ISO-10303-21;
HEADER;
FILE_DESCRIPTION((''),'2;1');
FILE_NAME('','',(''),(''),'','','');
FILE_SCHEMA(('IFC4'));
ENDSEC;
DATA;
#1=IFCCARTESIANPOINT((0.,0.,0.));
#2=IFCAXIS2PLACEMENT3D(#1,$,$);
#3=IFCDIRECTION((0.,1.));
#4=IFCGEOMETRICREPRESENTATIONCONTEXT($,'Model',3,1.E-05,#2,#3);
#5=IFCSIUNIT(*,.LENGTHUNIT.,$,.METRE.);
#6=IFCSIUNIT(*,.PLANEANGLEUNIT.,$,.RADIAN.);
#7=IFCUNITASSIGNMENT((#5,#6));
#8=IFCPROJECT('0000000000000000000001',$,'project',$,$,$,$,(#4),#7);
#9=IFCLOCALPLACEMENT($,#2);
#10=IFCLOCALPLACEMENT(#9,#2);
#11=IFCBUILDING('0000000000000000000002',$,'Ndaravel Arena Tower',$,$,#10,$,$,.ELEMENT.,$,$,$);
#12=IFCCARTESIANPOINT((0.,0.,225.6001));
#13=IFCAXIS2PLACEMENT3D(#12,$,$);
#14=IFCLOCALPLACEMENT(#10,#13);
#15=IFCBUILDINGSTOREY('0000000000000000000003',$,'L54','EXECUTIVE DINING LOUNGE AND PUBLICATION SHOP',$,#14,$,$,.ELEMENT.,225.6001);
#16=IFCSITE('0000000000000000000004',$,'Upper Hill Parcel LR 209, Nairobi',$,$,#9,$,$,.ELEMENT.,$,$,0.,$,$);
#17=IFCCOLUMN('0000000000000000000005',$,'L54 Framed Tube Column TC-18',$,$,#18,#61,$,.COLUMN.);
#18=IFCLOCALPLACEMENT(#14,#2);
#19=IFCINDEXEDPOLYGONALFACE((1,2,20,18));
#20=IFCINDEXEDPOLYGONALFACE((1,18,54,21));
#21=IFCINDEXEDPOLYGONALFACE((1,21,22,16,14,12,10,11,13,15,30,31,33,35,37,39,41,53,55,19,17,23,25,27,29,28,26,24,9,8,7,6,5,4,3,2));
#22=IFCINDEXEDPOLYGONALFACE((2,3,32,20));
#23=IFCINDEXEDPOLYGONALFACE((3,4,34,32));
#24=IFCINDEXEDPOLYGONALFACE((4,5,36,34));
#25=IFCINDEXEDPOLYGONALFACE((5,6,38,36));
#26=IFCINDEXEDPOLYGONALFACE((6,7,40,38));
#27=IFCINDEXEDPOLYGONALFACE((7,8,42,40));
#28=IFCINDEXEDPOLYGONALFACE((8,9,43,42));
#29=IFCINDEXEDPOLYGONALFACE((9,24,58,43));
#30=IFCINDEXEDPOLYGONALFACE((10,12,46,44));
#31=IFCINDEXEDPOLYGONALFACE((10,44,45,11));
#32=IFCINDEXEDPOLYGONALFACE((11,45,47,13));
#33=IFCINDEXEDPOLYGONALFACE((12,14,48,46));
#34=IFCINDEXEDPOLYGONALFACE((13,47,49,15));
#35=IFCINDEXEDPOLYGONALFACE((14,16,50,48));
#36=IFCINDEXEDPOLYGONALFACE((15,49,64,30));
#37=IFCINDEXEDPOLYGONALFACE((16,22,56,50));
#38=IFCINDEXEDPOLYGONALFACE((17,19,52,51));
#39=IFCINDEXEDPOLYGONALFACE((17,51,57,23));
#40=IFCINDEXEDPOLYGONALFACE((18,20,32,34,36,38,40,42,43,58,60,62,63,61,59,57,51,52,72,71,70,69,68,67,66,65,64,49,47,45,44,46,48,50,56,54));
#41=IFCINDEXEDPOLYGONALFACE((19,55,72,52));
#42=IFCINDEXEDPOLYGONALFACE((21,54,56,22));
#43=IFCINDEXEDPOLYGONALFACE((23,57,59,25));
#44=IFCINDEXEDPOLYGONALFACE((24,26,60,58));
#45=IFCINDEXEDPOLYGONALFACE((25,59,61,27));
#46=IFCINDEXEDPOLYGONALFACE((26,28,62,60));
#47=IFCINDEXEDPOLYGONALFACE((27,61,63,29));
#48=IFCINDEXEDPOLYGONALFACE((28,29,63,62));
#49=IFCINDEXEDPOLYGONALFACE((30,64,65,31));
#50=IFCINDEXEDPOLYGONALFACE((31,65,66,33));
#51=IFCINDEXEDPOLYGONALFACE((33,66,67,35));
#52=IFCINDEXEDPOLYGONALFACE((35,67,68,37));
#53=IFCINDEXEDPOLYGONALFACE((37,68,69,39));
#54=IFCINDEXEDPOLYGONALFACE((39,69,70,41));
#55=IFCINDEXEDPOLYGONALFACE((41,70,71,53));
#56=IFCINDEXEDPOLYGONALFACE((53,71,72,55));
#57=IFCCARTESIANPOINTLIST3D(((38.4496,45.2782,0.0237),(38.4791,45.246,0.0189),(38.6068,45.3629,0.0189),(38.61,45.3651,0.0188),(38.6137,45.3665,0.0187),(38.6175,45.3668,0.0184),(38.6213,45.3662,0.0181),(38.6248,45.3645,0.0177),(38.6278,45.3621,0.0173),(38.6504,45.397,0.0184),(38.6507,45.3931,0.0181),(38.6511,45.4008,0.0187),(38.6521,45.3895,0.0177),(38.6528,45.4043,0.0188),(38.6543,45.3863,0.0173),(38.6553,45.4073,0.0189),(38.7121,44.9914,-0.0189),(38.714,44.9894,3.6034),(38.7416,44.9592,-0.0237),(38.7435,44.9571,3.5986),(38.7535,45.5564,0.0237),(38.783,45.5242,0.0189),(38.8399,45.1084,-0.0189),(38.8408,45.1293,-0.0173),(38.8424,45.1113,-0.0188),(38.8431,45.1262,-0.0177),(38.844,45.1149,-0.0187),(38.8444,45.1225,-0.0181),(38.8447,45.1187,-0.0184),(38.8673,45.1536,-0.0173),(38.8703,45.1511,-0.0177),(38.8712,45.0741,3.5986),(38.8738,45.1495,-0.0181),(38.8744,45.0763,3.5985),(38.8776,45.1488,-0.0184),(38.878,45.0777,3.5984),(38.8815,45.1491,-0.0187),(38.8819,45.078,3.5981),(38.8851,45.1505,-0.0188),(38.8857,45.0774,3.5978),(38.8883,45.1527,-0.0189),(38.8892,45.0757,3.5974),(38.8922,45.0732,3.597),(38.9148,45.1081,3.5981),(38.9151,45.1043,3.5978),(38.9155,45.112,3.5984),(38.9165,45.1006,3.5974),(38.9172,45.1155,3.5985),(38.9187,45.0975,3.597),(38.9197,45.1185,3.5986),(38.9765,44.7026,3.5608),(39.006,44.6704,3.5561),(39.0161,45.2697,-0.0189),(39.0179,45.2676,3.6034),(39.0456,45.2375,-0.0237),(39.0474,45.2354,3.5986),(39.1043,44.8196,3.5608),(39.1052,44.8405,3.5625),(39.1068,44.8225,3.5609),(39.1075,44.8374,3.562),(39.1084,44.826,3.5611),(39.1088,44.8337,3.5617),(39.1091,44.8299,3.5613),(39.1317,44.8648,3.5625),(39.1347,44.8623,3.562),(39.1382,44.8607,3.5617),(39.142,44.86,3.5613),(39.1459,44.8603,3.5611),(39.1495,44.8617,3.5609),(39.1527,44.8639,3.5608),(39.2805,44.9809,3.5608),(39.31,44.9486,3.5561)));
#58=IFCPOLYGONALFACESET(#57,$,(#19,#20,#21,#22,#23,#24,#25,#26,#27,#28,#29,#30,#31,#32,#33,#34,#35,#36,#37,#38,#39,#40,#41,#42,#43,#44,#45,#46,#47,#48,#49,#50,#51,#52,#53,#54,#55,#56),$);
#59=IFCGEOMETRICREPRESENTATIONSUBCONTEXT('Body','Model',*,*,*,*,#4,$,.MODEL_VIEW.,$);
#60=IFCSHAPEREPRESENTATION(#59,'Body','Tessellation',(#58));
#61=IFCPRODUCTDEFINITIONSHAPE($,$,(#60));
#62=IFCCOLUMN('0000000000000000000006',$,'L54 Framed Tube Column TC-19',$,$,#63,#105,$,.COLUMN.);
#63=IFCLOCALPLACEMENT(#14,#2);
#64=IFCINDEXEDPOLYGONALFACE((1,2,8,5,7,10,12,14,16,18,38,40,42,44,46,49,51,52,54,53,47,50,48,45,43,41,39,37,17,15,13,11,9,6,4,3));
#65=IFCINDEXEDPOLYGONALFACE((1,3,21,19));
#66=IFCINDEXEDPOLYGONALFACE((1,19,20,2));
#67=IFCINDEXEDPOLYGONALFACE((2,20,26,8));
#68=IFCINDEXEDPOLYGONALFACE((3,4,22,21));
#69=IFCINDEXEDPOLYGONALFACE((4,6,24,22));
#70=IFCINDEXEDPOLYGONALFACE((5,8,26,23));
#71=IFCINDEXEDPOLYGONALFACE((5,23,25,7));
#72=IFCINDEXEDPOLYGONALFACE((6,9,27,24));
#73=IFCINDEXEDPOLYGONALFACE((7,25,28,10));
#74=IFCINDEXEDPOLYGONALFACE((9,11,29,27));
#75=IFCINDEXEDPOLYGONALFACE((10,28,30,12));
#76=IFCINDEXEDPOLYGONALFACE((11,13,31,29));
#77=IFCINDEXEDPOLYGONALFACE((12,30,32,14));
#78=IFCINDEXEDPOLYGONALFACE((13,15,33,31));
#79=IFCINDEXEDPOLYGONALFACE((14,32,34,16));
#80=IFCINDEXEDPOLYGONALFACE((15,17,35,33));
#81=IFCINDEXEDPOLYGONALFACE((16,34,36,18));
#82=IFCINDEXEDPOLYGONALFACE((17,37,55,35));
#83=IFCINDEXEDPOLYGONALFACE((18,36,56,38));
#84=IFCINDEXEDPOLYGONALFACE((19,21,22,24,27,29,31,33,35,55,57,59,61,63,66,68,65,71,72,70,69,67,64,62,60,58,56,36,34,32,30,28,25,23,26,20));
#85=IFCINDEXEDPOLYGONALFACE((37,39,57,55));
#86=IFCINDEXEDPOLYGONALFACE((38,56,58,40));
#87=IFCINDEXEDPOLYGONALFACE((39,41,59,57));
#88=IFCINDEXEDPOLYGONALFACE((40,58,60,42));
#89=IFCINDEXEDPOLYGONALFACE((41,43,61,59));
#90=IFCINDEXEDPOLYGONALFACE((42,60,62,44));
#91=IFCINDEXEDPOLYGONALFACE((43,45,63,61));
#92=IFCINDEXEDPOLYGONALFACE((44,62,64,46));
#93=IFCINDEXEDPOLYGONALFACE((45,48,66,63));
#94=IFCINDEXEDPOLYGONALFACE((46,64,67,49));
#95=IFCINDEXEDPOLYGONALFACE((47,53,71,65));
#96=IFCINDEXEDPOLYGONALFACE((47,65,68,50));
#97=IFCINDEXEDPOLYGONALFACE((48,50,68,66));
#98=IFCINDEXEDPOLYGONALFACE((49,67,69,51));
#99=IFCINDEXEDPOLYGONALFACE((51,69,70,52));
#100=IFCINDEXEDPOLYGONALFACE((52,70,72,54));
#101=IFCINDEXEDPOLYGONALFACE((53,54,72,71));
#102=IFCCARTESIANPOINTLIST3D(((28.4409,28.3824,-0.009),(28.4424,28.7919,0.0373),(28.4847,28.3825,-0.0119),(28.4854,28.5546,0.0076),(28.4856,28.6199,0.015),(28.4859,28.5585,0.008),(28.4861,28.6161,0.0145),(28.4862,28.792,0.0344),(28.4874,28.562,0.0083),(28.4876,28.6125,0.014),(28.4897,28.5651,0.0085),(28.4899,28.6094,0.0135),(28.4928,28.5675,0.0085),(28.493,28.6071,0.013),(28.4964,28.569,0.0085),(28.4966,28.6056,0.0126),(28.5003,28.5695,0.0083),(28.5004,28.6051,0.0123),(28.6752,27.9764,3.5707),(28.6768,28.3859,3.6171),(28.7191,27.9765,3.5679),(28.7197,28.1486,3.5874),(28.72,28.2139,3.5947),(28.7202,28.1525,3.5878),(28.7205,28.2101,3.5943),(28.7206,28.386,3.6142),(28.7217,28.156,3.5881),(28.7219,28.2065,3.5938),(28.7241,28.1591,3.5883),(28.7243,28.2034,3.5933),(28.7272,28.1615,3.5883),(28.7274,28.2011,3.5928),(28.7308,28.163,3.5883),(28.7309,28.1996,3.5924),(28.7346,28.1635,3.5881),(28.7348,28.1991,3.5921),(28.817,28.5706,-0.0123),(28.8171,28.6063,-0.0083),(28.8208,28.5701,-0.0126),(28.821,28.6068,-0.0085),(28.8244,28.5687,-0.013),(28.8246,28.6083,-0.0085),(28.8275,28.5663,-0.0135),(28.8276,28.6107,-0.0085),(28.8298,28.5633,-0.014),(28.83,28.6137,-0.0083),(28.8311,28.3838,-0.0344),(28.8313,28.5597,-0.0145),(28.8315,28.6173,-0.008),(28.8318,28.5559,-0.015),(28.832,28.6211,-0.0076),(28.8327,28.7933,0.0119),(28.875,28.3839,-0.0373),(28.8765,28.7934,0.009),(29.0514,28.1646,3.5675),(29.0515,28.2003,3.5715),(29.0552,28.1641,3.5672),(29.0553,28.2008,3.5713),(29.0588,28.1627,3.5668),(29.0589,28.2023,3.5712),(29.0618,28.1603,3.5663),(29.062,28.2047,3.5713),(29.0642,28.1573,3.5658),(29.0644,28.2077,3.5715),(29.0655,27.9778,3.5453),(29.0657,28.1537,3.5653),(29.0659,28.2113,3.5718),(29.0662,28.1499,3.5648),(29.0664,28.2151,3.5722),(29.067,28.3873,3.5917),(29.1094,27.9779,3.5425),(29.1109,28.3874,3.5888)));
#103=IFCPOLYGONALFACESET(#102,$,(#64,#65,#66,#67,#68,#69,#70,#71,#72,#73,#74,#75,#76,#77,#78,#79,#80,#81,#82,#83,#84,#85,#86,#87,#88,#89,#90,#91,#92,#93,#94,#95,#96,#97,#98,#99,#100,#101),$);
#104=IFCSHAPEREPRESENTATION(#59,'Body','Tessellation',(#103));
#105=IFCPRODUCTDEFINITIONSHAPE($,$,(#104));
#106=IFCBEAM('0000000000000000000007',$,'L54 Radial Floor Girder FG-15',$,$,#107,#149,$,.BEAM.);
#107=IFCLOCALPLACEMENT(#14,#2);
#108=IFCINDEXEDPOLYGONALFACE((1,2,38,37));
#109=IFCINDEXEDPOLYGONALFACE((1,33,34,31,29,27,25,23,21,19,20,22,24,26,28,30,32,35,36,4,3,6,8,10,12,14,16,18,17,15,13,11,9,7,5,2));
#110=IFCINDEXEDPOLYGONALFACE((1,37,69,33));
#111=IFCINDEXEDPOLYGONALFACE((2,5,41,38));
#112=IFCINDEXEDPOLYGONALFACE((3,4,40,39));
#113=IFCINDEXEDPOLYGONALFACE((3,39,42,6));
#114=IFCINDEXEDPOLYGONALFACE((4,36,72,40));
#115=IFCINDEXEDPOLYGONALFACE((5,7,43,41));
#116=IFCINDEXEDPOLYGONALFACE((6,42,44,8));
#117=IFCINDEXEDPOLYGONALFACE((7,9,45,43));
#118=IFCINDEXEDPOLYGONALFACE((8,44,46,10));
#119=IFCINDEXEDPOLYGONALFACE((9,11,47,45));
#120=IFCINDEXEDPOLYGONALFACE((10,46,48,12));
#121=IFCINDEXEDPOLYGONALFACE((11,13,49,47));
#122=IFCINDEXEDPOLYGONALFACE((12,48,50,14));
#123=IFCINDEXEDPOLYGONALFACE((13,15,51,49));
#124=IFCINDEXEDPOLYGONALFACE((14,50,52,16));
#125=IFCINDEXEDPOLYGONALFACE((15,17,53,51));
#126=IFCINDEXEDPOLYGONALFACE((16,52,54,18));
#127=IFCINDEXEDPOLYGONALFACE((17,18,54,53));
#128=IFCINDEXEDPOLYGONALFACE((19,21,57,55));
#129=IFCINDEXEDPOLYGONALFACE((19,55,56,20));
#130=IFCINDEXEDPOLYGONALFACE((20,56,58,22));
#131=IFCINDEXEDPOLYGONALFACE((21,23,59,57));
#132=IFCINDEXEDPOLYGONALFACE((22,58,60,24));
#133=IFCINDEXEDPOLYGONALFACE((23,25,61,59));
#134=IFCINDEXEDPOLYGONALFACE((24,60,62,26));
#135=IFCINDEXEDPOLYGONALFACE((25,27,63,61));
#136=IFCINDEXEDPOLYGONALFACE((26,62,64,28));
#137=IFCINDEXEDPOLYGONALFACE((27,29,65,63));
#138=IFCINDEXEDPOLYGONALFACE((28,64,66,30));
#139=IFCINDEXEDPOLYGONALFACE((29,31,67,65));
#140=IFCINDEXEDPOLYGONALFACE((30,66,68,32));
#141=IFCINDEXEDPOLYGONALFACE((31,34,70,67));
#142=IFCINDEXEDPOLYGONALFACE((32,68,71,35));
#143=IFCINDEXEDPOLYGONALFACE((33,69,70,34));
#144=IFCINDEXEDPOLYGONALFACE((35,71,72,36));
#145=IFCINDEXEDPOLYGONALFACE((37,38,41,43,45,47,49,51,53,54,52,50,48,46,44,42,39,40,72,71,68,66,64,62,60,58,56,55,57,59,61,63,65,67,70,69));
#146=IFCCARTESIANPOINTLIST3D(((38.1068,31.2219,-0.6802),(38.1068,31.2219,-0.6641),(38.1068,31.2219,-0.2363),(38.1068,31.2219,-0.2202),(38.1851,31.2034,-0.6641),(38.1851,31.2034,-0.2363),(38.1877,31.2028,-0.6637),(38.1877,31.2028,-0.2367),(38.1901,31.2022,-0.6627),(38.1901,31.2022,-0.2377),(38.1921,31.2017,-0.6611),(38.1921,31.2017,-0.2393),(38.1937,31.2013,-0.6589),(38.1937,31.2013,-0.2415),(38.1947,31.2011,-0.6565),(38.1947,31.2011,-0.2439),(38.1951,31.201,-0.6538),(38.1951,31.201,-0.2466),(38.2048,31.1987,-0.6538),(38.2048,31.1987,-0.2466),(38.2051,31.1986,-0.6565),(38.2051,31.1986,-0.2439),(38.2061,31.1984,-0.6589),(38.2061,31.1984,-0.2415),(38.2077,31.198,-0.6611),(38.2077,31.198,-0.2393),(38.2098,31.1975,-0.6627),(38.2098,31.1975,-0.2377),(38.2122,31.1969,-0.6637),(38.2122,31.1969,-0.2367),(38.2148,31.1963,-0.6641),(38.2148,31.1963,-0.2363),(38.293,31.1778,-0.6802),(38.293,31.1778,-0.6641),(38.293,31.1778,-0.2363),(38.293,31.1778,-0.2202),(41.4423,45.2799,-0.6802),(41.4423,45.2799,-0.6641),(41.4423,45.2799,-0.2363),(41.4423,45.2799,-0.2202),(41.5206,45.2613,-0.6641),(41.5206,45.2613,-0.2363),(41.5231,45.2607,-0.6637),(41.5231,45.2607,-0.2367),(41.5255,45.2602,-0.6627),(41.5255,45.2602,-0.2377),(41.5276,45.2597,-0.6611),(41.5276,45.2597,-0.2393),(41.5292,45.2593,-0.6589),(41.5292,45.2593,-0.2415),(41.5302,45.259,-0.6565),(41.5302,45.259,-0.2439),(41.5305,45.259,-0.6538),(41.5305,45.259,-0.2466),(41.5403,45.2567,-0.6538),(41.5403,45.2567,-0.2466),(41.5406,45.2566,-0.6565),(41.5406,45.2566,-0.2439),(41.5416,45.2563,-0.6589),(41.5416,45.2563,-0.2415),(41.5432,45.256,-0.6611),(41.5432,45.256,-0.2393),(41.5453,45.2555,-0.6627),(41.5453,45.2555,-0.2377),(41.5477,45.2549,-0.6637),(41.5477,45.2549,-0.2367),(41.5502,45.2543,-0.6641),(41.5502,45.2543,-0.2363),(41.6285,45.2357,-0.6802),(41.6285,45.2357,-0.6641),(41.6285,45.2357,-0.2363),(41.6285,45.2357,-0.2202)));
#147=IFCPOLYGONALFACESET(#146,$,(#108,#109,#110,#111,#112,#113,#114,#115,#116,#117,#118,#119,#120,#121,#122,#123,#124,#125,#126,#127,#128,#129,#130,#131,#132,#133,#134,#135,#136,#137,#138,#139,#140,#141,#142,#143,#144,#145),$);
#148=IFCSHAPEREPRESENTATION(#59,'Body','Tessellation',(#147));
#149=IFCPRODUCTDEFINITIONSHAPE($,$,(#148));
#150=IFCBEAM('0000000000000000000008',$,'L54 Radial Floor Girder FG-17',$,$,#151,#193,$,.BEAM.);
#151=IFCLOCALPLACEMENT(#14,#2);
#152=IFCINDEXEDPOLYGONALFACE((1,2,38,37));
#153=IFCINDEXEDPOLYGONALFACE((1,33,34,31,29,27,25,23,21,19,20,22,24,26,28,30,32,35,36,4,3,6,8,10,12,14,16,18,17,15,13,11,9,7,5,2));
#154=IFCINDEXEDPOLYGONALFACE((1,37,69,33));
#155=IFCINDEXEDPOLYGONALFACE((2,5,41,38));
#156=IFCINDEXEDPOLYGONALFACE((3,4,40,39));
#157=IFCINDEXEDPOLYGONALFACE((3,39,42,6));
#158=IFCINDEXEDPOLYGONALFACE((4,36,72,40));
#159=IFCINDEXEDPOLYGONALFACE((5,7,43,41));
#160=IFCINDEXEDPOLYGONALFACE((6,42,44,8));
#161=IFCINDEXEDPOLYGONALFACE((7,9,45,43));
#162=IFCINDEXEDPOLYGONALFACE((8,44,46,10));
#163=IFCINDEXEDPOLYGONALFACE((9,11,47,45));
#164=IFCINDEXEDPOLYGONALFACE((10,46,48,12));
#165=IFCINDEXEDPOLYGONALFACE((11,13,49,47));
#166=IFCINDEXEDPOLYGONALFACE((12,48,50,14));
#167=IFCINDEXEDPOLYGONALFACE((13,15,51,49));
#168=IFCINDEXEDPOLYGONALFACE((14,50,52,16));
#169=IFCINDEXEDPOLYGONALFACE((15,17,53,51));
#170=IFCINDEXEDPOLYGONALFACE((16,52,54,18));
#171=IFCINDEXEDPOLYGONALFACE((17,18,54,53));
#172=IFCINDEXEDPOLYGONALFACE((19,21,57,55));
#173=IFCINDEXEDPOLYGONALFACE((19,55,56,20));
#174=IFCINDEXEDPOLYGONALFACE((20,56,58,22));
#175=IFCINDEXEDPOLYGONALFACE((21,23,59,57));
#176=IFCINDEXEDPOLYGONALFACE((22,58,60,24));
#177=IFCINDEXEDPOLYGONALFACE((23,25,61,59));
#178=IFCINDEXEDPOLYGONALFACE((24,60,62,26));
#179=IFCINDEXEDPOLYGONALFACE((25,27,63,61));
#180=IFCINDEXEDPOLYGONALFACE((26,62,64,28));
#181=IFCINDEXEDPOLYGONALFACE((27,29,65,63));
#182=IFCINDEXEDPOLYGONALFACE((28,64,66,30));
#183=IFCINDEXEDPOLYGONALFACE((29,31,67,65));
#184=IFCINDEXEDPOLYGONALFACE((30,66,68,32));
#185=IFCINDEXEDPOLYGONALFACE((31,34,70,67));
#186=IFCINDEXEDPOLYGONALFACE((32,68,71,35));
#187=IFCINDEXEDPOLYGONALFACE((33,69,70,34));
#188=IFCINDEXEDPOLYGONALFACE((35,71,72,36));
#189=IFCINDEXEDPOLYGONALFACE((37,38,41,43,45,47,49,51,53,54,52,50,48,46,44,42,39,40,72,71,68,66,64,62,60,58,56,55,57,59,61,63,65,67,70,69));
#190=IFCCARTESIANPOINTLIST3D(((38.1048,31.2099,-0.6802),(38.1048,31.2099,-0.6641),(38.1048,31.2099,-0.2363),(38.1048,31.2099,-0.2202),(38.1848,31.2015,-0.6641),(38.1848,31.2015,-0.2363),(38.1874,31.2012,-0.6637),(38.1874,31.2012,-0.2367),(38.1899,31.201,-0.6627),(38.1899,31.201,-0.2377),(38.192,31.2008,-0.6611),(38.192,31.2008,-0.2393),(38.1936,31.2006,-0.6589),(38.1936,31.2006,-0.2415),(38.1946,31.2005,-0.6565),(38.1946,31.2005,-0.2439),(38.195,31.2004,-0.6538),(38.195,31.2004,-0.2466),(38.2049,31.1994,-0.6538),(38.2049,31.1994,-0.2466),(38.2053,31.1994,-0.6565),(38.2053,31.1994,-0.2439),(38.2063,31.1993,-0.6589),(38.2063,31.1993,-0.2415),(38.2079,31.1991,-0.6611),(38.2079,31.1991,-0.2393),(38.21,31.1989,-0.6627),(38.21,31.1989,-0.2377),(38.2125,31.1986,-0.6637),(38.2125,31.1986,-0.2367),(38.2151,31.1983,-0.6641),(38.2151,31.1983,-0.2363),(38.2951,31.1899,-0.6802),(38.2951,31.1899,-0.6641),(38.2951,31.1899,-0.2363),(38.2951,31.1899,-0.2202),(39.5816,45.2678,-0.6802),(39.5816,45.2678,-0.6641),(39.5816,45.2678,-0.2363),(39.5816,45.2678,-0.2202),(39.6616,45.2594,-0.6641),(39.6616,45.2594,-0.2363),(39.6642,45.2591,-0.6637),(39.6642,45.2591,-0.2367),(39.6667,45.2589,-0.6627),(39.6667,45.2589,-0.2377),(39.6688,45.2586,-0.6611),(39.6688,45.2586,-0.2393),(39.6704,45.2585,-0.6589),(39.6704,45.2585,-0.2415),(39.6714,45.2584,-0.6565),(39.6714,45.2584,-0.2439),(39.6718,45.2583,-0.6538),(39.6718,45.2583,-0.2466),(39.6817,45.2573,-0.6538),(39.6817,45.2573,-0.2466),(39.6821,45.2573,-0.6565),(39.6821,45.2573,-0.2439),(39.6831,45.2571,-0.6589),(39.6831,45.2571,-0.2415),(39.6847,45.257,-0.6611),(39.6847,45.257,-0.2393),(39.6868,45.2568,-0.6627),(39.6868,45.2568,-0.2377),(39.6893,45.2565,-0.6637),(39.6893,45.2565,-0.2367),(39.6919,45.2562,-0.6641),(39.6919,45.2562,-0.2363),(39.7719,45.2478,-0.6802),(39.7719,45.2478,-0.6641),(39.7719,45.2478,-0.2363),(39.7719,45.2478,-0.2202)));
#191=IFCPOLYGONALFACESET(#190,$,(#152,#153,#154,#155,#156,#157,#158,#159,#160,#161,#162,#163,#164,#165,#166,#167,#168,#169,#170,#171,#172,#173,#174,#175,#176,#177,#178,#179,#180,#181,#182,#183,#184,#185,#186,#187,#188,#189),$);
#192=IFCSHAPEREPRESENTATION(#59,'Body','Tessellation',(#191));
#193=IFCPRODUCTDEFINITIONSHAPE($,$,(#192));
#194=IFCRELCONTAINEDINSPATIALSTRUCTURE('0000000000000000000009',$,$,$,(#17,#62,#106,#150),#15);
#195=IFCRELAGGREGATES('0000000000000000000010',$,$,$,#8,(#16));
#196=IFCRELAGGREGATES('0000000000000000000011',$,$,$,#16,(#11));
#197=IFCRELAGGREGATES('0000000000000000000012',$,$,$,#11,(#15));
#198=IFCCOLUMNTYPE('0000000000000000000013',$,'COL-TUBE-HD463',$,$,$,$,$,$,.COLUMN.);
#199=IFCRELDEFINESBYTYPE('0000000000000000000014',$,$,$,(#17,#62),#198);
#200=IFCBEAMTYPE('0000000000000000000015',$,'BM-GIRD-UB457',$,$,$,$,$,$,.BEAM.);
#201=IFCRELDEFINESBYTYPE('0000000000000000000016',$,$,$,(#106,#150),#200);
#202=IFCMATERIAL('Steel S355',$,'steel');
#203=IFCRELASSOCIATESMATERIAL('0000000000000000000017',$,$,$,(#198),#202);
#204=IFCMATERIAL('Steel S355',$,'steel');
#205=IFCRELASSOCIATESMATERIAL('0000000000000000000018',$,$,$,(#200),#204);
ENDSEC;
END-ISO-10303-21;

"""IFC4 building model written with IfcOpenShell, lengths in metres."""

from ifc_helpers import new_model, si_unit, direction, frame, origin, origin_2d, place, context, subcontext, project, spatial, i_section, extrude, material, material_profile, profile_set, type_object, element, save


model = new_model("IFC4")

# Units and contexts
model_context = context("Model", 3, precision=1e-05, world=origin(), true_north=direction((0.0, 1.0)))
body_context = subcontext(model_context, "Body", "Model", "MODEL_VIEW")
ifc_project = project(units=[si_unit("LENGTHUNIT", "METRE"), si_unit("PLANEANGLEUNIT", "RADIAN")], contexts=[model_context])

# Site, building, storey
site_placement = place(None, origin())
site = spatial("IfcSite", under=ifc_project, at=site_placement, Name="Upper Hill Parcel LR 209, Nairobi", CompositionType="ELEMENT", RefElevation=0.0)
building_placement = place(site_placement, origin())
building = spatial("IfcBuilding", under=site, at=building_placement, Name="Ndaravel Arena Tower", CompositionType="ELEMENT")
storey_placement = place(building_placement, frame((0.0, 0.0, 225.6001)))
storey = spatial("IfcBuildingStorey", under=building, at=storey_placement, Name="L54", Description="EXECUTIVE DINING LOUNGE AND PUBLICATION SHOP", CompositionType="ELEMENT", Elevation=225.6001)

# Columns
ifc_material_1 = material(Name="Steel S355", Category="steel")
ifc_material_profile_1 = material_profile(ifc_material_1, i_section(OverallWidth=0.4121, OverallDepth=0.4351, WebThickness=0.0359, FlangeThickness=0.0439, FilletRadius=0.0149, at=origin_2d()), Name="HD 400x463")
ifc_profile_set_1 = profile_set([ifc_material_profile_1], Name="Steel S355")
column_type_1 = type_object("IfcColumnType", Name="COL-TUBE-HD463", PredefinedType="COLUMN", material=ifc_profile_set_1)
column_1_placement = place(storey_placement, frame((38.7476, 45.2578, 0.0), z_axis=(0.073421, -0.080201, 0.994071), x_axis=(0.737594, 0.675245, 0.0)))
element("IfcColumn", 1, at=column_1_placement, inside=storey, type_object=column_type_1, Name="L54 Framed Tube Column TC-18", PredefinedType="COLUMN", context=body_context, shape_type="SweptSolid", body=[
    extrude(i_section(OverallWidth=0.4121, OverallDepth=0.4351, WebThickness=0.0359, FlangeThickness=0.0439, FilletRadius=0.0149, at=origin_2d()), origin(), (0.0, 0.0, 1.0), 3.6011),
])
column_2_placement = place(storey_placement, frame((28.6587, 28.5879, 0.0), z_axis=(0.064917, -0.112455, 0.991534), x_axis=(0.003726, 0.99365, 0.112451)))
element("IfcColumn", 2, at=column_2_placement, inside=storey, type_object=column_type_1, Name="L54 Framed Tube Column TC-19", PredefinedType="COLUMN", context=body_context, shape_type="SweptSolid", body=[
    extrude(i_section(OverallWidth=0.4121, OverallDepth=0.4351, WebThickness=0.0359, FlangeThickness=0.0439, FilletRadius=0.0149, at=origin_2d()), origin(), (0.0, 0.0, 1.0), 3.6104),
])

# Beams
ifc_material_2 = material(Name="Steel S355", Category="steel")
ifc_material_profile_2 = material_profile(ifc_material_2, i_section(OverallWidth=0.1914, OverallDepth=0.46, WebThickness=0.01, FlangeThickness=0.0161, FilletRadius=0.0103, at=origin_2d()), Name="UB 457x191x82")
ifc_profile_set_2 = profile_set([ifc_material_profile_2], Name="Steel S355")
beam_type_1 = type_object("IfcBeamType", Name="BM-GIRD-UB457", PredefinedType="BEAM", material=ifc_profile_set_2)
beam_1_placement = place(storey_placement, frame((41.5354, 45.2578, -0.4502), z_axis=(-0.230857, -0.972988, 0.0), x_axis=(0.972988, -0.230857, 0.0)))
element("IfcBeam", 3, at=beam_1_placement, inside=storey, type_object=beam_type_1, Name="L54 Radial Floor Girder FG-15", PredefinedType="BEAM", context=body_context, shape_type="SweptSolid", body=[
    extrude(i_section(OverallWidth=0.1914, OverallDepth=0.46, WebThickness=0.01, FlangeThickness=0.0161, FilletRadius=0.0103, at=origin_2d()), origin(), (0.0, 0.0, 1.0), 14.4482),
])
beam_2_placement = place(storey_placement, frame((39.6768, 45.2578, -0.4502), z_axis=(-0.104477, -0.994527, 0.0), x_axis=(0.994527, -0.104477, 0.0)))
element("IfcBeam", 4, at=beam_2_placement, inside=storey, type_object=beam_type_1, Name="L54 Radial Floor Girder FG-17", PredefinedType="BEAM", context=body_context, shape_type="SweptSolid", body=[
    extrude(i_section(OverallWidth=0.1914, OverallDepth=0.46, WebThickness=0.01, FlangeThickness=0.0161, FilletRadius=0.0103, at=origin_2d()), origin(), (0.0, 0.0, 1.0), 14.1353),
])

save(model, "model.ifc")
